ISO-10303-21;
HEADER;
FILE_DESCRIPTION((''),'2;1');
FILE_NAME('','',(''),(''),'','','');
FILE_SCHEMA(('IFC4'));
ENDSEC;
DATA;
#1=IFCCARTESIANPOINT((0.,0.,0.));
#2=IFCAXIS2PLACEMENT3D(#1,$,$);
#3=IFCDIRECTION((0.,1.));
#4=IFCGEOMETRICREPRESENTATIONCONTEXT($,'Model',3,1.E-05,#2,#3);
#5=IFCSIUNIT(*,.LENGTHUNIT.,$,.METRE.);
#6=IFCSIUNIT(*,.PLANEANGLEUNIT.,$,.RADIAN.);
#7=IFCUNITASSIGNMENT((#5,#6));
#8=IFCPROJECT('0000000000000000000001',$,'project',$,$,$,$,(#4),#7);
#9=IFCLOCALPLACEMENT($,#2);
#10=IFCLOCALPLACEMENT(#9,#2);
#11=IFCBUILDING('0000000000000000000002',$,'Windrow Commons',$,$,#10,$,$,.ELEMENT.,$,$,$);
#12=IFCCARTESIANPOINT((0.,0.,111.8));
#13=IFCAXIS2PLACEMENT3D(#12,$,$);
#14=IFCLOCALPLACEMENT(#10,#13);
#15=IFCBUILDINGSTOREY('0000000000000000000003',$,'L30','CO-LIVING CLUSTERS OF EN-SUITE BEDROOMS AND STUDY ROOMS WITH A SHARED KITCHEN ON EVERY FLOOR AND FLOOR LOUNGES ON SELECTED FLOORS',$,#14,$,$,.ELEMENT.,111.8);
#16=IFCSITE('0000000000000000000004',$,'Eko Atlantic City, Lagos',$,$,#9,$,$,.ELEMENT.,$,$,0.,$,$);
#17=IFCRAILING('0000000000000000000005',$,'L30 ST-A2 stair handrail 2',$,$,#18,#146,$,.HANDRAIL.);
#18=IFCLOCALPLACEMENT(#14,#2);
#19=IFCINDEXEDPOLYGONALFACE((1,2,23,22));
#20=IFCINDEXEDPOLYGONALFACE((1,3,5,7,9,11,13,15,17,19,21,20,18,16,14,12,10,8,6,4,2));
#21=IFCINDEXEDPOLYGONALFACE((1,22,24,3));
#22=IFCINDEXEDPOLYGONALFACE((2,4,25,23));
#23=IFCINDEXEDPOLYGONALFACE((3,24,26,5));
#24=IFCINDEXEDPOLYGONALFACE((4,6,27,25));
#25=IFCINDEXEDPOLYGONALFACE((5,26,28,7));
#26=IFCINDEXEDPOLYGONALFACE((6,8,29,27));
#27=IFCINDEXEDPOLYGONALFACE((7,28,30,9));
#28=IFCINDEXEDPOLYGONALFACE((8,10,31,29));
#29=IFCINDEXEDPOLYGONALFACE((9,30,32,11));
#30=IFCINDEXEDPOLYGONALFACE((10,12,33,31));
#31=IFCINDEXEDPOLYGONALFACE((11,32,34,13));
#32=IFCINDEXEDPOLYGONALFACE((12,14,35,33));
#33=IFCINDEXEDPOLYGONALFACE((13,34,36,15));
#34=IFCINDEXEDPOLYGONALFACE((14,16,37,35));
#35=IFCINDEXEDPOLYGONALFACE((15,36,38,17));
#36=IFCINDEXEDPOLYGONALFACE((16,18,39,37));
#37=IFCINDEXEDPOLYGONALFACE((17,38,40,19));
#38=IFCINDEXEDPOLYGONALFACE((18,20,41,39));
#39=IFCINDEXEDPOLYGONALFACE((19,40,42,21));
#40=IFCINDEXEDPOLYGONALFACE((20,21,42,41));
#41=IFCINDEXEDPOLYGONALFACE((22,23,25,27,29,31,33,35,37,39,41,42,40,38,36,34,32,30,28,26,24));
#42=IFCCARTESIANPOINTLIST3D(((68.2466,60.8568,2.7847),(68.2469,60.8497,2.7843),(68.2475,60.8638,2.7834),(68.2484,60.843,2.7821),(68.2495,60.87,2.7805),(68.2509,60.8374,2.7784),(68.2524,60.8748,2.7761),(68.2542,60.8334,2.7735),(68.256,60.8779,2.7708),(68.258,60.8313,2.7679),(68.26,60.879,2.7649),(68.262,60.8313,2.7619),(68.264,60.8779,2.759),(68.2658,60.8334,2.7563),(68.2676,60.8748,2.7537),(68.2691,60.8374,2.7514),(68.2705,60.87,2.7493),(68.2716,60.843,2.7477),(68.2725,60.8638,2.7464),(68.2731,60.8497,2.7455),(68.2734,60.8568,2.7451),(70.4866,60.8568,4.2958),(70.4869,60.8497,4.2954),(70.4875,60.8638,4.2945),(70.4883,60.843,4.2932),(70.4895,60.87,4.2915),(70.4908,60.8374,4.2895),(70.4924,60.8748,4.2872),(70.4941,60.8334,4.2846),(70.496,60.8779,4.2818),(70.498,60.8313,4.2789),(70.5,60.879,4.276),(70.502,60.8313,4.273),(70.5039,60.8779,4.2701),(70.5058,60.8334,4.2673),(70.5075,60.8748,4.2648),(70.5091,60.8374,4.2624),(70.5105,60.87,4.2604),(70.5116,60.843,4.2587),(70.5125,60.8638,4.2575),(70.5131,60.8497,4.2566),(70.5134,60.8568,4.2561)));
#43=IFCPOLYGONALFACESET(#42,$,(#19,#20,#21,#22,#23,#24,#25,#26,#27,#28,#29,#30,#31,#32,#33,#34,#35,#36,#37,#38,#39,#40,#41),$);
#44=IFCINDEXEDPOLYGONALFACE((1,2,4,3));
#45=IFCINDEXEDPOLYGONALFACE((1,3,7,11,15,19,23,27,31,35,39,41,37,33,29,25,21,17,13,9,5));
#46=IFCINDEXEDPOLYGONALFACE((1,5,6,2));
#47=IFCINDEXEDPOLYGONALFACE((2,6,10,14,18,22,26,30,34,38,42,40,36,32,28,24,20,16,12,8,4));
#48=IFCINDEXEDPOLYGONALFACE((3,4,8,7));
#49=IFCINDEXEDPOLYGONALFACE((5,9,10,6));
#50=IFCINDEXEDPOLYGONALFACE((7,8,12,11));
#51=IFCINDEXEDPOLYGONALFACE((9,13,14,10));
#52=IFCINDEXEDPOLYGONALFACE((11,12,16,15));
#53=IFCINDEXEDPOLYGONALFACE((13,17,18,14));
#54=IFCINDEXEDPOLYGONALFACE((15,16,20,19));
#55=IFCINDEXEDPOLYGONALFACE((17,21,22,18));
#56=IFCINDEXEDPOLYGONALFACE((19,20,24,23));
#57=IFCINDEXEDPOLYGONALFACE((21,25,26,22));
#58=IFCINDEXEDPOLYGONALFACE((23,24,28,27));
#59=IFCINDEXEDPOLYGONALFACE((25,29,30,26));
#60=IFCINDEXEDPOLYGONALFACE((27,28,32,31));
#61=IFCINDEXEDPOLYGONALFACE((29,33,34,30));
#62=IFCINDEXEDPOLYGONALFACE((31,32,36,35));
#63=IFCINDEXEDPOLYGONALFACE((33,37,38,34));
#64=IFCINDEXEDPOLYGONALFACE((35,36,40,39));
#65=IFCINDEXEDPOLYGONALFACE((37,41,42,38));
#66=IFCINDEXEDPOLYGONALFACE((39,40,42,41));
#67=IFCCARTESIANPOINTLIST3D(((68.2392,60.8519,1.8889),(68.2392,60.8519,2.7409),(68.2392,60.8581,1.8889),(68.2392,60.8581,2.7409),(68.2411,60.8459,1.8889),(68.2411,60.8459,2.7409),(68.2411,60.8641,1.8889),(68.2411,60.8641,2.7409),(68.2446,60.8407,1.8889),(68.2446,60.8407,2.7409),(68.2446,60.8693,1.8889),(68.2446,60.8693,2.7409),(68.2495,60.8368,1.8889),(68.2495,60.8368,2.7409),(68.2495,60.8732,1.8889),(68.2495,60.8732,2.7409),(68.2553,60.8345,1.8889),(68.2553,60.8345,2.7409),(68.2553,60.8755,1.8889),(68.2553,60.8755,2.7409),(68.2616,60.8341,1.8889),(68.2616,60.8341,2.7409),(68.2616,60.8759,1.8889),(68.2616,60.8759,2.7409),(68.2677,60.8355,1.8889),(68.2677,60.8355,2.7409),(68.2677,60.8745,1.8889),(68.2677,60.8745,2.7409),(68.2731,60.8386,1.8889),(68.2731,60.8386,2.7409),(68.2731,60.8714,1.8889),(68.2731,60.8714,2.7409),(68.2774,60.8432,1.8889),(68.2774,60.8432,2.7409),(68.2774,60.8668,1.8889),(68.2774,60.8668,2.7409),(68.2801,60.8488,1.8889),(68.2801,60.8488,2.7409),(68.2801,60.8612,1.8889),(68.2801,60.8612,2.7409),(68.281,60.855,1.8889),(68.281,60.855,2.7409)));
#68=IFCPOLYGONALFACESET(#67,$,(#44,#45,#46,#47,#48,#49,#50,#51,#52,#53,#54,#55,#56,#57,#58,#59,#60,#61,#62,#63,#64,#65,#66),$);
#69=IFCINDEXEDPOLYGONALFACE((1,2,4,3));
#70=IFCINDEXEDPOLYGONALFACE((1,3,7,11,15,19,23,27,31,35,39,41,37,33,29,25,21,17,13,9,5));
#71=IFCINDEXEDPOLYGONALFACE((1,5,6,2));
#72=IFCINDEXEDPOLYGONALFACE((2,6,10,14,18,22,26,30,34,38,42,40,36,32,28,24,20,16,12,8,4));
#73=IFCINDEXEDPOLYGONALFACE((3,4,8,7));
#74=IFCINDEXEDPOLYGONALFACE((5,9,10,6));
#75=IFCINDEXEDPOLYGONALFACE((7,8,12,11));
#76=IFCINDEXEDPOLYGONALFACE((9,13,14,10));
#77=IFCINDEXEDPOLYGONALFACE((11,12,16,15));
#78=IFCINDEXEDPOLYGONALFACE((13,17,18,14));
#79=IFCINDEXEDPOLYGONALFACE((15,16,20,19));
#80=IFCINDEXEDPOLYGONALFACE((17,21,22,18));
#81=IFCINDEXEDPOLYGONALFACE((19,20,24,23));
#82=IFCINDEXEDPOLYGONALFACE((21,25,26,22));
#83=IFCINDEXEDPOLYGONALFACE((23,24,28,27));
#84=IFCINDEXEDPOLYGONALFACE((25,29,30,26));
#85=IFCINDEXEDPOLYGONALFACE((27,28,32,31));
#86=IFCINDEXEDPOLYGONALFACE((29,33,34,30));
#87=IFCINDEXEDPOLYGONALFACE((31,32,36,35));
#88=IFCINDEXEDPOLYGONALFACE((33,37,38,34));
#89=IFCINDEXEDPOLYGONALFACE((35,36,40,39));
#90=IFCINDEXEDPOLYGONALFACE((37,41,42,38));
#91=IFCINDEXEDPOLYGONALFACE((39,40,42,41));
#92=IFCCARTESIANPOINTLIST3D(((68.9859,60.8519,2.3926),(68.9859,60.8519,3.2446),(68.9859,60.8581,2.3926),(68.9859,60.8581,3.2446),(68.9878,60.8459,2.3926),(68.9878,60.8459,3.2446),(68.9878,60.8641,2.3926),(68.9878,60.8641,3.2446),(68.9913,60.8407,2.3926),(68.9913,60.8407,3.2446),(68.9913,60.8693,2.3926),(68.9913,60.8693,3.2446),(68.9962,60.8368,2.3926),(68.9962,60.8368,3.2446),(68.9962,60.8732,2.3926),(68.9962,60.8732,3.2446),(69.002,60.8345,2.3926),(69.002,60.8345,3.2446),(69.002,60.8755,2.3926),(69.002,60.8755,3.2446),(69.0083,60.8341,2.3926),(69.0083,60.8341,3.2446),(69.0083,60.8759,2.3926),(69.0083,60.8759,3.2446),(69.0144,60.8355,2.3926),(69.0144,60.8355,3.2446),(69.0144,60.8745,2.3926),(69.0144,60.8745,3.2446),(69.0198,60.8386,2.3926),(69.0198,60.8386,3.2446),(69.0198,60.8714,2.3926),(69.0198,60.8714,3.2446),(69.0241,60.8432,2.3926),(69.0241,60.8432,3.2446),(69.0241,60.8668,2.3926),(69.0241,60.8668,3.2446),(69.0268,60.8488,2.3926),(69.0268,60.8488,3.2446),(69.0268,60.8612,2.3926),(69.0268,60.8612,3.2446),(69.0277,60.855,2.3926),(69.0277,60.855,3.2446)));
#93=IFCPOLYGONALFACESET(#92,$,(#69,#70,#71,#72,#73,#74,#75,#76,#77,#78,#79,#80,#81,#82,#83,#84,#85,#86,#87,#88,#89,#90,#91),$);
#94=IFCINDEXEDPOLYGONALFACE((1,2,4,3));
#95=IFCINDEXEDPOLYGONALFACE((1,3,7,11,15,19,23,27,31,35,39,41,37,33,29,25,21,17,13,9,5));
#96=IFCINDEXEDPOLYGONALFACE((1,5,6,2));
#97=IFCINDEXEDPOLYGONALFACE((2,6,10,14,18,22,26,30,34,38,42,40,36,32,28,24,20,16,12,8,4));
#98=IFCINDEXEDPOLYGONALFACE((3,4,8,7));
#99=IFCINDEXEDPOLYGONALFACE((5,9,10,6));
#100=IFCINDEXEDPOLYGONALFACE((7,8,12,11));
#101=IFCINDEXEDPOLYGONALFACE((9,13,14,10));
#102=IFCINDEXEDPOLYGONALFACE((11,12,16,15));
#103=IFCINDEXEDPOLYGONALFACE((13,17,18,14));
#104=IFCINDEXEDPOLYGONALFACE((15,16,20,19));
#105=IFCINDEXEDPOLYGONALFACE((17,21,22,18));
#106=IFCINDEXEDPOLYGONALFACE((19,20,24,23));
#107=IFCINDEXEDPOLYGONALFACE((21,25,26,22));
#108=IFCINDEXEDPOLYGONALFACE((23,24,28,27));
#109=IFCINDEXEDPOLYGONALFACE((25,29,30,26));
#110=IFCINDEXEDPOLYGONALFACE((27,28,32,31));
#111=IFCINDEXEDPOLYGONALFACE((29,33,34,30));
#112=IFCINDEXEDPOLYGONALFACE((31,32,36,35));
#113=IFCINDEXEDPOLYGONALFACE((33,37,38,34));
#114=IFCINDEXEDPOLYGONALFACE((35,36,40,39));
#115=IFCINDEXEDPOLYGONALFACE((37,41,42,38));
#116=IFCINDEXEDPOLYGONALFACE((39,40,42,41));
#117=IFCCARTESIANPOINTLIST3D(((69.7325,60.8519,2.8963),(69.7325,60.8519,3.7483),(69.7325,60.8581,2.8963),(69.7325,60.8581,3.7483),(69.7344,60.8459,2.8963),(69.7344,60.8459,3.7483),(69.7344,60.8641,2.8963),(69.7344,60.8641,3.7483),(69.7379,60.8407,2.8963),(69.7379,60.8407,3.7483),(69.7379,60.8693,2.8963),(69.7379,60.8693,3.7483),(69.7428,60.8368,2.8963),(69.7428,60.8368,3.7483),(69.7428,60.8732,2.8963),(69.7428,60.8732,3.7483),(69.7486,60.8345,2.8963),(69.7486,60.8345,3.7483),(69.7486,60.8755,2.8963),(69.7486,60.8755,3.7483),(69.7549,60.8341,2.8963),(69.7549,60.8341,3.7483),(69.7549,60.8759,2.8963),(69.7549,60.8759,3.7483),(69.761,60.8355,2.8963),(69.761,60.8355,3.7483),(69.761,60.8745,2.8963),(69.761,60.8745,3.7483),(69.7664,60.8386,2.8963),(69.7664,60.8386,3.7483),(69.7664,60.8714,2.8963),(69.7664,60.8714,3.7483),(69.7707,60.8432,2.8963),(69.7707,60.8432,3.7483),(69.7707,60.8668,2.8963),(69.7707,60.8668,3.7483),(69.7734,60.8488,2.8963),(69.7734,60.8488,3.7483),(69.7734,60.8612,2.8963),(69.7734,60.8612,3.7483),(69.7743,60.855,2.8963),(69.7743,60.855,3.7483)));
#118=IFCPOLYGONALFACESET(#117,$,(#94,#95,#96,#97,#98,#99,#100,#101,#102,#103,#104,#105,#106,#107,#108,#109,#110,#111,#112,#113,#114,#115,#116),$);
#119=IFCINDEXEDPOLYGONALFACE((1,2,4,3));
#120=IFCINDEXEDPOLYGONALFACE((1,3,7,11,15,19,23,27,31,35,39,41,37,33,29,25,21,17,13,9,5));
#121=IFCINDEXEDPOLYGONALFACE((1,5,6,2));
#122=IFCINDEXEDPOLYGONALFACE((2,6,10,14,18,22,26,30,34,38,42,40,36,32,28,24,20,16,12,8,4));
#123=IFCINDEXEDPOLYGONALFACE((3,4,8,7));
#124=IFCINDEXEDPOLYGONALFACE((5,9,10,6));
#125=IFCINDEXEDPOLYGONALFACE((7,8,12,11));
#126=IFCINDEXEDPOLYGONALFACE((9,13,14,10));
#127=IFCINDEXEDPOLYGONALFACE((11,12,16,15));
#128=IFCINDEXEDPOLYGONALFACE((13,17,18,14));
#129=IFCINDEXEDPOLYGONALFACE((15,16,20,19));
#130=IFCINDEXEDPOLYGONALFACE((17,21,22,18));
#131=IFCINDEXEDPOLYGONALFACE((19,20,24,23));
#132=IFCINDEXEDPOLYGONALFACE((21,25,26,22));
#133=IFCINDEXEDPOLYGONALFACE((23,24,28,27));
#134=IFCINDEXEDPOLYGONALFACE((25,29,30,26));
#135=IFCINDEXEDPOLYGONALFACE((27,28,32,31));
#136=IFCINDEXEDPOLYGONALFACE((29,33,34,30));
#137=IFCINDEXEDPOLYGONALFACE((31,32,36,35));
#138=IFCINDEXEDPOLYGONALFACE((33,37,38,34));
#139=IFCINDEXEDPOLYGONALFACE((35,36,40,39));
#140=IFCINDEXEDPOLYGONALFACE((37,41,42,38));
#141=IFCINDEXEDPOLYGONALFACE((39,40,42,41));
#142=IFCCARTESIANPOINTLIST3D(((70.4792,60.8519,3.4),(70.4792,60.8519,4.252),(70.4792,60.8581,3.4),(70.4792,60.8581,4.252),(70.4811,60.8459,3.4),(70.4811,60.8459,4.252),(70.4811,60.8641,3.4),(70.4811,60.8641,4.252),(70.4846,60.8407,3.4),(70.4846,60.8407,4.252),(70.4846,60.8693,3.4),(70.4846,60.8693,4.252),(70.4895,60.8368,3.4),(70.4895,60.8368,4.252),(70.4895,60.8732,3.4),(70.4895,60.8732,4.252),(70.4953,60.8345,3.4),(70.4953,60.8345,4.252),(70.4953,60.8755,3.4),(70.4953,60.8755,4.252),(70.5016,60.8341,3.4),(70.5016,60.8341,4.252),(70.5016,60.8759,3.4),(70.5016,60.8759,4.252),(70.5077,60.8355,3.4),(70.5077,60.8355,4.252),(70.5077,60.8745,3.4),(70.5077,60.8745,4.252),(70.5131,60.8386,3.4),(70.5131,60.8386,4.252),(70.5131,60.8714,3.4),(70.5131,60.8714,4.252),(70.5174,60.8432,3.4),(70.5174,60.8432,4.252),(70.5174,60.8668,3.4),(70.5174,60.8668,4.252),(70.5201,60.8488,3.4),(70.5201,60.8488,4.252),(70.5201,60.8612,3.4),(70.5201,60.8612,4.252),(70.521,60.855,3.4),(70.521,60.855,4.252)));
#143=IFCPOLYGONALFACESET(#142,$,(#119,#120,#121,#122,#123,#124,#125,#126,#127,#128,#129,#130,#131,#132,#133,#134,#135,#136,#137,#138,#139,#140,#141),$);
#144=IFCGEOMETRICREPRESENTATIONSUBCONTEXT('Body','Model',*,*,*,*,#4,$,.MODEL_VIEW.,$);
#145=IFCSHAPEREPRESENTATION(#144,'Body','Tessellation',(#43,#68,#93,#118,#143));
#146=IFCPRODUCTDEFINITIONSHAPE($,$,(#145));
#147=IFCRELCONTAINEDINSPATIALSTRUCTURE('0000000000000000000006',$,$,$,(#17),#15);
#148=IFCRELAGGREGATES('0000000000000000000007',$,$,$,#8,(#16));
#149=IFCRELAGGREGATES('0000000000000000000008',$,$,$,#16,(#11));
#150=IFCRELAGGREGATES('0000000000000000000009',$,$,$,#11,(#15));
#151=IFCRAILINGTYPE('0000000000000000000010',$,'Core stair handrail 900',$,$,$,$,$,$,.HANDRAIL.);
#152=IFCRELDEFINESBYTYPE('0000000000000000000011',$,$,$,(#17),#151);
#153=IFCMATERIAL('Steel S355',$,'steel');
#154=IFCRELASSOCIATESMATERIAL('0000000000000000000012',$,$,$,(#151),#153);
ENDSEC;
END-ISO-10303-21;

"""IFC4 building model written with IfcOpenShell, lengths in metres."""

from ifc_helpers import new_model, si_unit, direction, frame, origin, origin_2d, place, context, subcontext, project, spatial, circle, extrude, material, type_object, element, save


model = new_model("IFC4")

# Units and contexts
model_context = context("Model", 3, precision=1e-05, world=origin(), true_north=direction((0.0, 1.0)))
body_context = subcontext(model_context, "Body", "Model", "MODEL_VIEW")
ifc_project = project(units=[si_unit("LENGTHUNIT", "METRE"), si_unit("PLANEANGLEUNIT", "RADIAN")], contexts=[model_context])

# Site, building, storey
site_placement = place(None, origin())
site = spatial("IfcSite", under=ifc_project, at=site_placement, Name="Eko Atlantic City, Lagos", CompositionType="ELEMENT", RefElevation=0.0)
building_placement = place(site_placement, origin())
building = spatial("IfcBuilding", under=site, at=building_placement, Name="Windrow Commons", CompositionType="ELEMENT")
storey_placement = place(building_placement, frame((0.0, 0.0, 111.8)))
storey = spatial("IfcBuildingStorey", under=building, at=storey_placement, Name="L30", Description="CO-LIVING CLUSTERS OF EN-SUITE BEDROOMS AND STUDY ROOMS WITH A SHARED KITCHEN ON EVERY FLOOR AND FLOOR LOUNGES ON SELECTED FLOORS", CompositionType="ELEMENT", Elevation=111.8)

# Railing
ifc_material_1 = material(Name="Steel S355", Category="steel")
railing_type = type_object("IfcRailingType", Name="Core stair handrail 900", PredefinedType="HANDRAIL", material=ifc_material_1)
for number, where, name in (
    (1, (68.26, 60.855, 1.8889), "L30 ST-A2 stair handrail 2"),
):
    element("IfcRailing", number, at=place(storey_placement, frame(where)), inside=storey, type_object=railing_type, Name=name, PredefinedType="HANDRAIL", context=body_context, shape_type="SweptSolid", body=[
        extrude(circle(Radius=0.024, at=origin_2d()), frame((0.0, 0.0, 0.876), z_axis=(0.829003, 0.0, 0.559244), x_axis=(0.0, 1.0, 0.0)), (0.0, 0.0, 1.0), 2.702),
        extrude(circle(Radius=0.021, at=origin_2d()), origin(), (0.0, 0.0, 1.0), 0.852),
        extrude(circle(Radius=0.021, at=origin_2d()), frame((0.7467, 0.0, 0.5037)), (0.0, 0.0, 1.0), 0.852),
        extrude(circle(Radius=0.021, at=origin_2d()), frame((1.4933, 0.0, 1.0074)), (0.0, 0.0, 1.0), 0.852),
        extrude(circle(Radius=0.021, at=origin_2d()), frame((2.24, 0.0, 1.5111)), (0.0, 0.0, 1.0), 0.852),
    ])

save(model, "model.ifc")
